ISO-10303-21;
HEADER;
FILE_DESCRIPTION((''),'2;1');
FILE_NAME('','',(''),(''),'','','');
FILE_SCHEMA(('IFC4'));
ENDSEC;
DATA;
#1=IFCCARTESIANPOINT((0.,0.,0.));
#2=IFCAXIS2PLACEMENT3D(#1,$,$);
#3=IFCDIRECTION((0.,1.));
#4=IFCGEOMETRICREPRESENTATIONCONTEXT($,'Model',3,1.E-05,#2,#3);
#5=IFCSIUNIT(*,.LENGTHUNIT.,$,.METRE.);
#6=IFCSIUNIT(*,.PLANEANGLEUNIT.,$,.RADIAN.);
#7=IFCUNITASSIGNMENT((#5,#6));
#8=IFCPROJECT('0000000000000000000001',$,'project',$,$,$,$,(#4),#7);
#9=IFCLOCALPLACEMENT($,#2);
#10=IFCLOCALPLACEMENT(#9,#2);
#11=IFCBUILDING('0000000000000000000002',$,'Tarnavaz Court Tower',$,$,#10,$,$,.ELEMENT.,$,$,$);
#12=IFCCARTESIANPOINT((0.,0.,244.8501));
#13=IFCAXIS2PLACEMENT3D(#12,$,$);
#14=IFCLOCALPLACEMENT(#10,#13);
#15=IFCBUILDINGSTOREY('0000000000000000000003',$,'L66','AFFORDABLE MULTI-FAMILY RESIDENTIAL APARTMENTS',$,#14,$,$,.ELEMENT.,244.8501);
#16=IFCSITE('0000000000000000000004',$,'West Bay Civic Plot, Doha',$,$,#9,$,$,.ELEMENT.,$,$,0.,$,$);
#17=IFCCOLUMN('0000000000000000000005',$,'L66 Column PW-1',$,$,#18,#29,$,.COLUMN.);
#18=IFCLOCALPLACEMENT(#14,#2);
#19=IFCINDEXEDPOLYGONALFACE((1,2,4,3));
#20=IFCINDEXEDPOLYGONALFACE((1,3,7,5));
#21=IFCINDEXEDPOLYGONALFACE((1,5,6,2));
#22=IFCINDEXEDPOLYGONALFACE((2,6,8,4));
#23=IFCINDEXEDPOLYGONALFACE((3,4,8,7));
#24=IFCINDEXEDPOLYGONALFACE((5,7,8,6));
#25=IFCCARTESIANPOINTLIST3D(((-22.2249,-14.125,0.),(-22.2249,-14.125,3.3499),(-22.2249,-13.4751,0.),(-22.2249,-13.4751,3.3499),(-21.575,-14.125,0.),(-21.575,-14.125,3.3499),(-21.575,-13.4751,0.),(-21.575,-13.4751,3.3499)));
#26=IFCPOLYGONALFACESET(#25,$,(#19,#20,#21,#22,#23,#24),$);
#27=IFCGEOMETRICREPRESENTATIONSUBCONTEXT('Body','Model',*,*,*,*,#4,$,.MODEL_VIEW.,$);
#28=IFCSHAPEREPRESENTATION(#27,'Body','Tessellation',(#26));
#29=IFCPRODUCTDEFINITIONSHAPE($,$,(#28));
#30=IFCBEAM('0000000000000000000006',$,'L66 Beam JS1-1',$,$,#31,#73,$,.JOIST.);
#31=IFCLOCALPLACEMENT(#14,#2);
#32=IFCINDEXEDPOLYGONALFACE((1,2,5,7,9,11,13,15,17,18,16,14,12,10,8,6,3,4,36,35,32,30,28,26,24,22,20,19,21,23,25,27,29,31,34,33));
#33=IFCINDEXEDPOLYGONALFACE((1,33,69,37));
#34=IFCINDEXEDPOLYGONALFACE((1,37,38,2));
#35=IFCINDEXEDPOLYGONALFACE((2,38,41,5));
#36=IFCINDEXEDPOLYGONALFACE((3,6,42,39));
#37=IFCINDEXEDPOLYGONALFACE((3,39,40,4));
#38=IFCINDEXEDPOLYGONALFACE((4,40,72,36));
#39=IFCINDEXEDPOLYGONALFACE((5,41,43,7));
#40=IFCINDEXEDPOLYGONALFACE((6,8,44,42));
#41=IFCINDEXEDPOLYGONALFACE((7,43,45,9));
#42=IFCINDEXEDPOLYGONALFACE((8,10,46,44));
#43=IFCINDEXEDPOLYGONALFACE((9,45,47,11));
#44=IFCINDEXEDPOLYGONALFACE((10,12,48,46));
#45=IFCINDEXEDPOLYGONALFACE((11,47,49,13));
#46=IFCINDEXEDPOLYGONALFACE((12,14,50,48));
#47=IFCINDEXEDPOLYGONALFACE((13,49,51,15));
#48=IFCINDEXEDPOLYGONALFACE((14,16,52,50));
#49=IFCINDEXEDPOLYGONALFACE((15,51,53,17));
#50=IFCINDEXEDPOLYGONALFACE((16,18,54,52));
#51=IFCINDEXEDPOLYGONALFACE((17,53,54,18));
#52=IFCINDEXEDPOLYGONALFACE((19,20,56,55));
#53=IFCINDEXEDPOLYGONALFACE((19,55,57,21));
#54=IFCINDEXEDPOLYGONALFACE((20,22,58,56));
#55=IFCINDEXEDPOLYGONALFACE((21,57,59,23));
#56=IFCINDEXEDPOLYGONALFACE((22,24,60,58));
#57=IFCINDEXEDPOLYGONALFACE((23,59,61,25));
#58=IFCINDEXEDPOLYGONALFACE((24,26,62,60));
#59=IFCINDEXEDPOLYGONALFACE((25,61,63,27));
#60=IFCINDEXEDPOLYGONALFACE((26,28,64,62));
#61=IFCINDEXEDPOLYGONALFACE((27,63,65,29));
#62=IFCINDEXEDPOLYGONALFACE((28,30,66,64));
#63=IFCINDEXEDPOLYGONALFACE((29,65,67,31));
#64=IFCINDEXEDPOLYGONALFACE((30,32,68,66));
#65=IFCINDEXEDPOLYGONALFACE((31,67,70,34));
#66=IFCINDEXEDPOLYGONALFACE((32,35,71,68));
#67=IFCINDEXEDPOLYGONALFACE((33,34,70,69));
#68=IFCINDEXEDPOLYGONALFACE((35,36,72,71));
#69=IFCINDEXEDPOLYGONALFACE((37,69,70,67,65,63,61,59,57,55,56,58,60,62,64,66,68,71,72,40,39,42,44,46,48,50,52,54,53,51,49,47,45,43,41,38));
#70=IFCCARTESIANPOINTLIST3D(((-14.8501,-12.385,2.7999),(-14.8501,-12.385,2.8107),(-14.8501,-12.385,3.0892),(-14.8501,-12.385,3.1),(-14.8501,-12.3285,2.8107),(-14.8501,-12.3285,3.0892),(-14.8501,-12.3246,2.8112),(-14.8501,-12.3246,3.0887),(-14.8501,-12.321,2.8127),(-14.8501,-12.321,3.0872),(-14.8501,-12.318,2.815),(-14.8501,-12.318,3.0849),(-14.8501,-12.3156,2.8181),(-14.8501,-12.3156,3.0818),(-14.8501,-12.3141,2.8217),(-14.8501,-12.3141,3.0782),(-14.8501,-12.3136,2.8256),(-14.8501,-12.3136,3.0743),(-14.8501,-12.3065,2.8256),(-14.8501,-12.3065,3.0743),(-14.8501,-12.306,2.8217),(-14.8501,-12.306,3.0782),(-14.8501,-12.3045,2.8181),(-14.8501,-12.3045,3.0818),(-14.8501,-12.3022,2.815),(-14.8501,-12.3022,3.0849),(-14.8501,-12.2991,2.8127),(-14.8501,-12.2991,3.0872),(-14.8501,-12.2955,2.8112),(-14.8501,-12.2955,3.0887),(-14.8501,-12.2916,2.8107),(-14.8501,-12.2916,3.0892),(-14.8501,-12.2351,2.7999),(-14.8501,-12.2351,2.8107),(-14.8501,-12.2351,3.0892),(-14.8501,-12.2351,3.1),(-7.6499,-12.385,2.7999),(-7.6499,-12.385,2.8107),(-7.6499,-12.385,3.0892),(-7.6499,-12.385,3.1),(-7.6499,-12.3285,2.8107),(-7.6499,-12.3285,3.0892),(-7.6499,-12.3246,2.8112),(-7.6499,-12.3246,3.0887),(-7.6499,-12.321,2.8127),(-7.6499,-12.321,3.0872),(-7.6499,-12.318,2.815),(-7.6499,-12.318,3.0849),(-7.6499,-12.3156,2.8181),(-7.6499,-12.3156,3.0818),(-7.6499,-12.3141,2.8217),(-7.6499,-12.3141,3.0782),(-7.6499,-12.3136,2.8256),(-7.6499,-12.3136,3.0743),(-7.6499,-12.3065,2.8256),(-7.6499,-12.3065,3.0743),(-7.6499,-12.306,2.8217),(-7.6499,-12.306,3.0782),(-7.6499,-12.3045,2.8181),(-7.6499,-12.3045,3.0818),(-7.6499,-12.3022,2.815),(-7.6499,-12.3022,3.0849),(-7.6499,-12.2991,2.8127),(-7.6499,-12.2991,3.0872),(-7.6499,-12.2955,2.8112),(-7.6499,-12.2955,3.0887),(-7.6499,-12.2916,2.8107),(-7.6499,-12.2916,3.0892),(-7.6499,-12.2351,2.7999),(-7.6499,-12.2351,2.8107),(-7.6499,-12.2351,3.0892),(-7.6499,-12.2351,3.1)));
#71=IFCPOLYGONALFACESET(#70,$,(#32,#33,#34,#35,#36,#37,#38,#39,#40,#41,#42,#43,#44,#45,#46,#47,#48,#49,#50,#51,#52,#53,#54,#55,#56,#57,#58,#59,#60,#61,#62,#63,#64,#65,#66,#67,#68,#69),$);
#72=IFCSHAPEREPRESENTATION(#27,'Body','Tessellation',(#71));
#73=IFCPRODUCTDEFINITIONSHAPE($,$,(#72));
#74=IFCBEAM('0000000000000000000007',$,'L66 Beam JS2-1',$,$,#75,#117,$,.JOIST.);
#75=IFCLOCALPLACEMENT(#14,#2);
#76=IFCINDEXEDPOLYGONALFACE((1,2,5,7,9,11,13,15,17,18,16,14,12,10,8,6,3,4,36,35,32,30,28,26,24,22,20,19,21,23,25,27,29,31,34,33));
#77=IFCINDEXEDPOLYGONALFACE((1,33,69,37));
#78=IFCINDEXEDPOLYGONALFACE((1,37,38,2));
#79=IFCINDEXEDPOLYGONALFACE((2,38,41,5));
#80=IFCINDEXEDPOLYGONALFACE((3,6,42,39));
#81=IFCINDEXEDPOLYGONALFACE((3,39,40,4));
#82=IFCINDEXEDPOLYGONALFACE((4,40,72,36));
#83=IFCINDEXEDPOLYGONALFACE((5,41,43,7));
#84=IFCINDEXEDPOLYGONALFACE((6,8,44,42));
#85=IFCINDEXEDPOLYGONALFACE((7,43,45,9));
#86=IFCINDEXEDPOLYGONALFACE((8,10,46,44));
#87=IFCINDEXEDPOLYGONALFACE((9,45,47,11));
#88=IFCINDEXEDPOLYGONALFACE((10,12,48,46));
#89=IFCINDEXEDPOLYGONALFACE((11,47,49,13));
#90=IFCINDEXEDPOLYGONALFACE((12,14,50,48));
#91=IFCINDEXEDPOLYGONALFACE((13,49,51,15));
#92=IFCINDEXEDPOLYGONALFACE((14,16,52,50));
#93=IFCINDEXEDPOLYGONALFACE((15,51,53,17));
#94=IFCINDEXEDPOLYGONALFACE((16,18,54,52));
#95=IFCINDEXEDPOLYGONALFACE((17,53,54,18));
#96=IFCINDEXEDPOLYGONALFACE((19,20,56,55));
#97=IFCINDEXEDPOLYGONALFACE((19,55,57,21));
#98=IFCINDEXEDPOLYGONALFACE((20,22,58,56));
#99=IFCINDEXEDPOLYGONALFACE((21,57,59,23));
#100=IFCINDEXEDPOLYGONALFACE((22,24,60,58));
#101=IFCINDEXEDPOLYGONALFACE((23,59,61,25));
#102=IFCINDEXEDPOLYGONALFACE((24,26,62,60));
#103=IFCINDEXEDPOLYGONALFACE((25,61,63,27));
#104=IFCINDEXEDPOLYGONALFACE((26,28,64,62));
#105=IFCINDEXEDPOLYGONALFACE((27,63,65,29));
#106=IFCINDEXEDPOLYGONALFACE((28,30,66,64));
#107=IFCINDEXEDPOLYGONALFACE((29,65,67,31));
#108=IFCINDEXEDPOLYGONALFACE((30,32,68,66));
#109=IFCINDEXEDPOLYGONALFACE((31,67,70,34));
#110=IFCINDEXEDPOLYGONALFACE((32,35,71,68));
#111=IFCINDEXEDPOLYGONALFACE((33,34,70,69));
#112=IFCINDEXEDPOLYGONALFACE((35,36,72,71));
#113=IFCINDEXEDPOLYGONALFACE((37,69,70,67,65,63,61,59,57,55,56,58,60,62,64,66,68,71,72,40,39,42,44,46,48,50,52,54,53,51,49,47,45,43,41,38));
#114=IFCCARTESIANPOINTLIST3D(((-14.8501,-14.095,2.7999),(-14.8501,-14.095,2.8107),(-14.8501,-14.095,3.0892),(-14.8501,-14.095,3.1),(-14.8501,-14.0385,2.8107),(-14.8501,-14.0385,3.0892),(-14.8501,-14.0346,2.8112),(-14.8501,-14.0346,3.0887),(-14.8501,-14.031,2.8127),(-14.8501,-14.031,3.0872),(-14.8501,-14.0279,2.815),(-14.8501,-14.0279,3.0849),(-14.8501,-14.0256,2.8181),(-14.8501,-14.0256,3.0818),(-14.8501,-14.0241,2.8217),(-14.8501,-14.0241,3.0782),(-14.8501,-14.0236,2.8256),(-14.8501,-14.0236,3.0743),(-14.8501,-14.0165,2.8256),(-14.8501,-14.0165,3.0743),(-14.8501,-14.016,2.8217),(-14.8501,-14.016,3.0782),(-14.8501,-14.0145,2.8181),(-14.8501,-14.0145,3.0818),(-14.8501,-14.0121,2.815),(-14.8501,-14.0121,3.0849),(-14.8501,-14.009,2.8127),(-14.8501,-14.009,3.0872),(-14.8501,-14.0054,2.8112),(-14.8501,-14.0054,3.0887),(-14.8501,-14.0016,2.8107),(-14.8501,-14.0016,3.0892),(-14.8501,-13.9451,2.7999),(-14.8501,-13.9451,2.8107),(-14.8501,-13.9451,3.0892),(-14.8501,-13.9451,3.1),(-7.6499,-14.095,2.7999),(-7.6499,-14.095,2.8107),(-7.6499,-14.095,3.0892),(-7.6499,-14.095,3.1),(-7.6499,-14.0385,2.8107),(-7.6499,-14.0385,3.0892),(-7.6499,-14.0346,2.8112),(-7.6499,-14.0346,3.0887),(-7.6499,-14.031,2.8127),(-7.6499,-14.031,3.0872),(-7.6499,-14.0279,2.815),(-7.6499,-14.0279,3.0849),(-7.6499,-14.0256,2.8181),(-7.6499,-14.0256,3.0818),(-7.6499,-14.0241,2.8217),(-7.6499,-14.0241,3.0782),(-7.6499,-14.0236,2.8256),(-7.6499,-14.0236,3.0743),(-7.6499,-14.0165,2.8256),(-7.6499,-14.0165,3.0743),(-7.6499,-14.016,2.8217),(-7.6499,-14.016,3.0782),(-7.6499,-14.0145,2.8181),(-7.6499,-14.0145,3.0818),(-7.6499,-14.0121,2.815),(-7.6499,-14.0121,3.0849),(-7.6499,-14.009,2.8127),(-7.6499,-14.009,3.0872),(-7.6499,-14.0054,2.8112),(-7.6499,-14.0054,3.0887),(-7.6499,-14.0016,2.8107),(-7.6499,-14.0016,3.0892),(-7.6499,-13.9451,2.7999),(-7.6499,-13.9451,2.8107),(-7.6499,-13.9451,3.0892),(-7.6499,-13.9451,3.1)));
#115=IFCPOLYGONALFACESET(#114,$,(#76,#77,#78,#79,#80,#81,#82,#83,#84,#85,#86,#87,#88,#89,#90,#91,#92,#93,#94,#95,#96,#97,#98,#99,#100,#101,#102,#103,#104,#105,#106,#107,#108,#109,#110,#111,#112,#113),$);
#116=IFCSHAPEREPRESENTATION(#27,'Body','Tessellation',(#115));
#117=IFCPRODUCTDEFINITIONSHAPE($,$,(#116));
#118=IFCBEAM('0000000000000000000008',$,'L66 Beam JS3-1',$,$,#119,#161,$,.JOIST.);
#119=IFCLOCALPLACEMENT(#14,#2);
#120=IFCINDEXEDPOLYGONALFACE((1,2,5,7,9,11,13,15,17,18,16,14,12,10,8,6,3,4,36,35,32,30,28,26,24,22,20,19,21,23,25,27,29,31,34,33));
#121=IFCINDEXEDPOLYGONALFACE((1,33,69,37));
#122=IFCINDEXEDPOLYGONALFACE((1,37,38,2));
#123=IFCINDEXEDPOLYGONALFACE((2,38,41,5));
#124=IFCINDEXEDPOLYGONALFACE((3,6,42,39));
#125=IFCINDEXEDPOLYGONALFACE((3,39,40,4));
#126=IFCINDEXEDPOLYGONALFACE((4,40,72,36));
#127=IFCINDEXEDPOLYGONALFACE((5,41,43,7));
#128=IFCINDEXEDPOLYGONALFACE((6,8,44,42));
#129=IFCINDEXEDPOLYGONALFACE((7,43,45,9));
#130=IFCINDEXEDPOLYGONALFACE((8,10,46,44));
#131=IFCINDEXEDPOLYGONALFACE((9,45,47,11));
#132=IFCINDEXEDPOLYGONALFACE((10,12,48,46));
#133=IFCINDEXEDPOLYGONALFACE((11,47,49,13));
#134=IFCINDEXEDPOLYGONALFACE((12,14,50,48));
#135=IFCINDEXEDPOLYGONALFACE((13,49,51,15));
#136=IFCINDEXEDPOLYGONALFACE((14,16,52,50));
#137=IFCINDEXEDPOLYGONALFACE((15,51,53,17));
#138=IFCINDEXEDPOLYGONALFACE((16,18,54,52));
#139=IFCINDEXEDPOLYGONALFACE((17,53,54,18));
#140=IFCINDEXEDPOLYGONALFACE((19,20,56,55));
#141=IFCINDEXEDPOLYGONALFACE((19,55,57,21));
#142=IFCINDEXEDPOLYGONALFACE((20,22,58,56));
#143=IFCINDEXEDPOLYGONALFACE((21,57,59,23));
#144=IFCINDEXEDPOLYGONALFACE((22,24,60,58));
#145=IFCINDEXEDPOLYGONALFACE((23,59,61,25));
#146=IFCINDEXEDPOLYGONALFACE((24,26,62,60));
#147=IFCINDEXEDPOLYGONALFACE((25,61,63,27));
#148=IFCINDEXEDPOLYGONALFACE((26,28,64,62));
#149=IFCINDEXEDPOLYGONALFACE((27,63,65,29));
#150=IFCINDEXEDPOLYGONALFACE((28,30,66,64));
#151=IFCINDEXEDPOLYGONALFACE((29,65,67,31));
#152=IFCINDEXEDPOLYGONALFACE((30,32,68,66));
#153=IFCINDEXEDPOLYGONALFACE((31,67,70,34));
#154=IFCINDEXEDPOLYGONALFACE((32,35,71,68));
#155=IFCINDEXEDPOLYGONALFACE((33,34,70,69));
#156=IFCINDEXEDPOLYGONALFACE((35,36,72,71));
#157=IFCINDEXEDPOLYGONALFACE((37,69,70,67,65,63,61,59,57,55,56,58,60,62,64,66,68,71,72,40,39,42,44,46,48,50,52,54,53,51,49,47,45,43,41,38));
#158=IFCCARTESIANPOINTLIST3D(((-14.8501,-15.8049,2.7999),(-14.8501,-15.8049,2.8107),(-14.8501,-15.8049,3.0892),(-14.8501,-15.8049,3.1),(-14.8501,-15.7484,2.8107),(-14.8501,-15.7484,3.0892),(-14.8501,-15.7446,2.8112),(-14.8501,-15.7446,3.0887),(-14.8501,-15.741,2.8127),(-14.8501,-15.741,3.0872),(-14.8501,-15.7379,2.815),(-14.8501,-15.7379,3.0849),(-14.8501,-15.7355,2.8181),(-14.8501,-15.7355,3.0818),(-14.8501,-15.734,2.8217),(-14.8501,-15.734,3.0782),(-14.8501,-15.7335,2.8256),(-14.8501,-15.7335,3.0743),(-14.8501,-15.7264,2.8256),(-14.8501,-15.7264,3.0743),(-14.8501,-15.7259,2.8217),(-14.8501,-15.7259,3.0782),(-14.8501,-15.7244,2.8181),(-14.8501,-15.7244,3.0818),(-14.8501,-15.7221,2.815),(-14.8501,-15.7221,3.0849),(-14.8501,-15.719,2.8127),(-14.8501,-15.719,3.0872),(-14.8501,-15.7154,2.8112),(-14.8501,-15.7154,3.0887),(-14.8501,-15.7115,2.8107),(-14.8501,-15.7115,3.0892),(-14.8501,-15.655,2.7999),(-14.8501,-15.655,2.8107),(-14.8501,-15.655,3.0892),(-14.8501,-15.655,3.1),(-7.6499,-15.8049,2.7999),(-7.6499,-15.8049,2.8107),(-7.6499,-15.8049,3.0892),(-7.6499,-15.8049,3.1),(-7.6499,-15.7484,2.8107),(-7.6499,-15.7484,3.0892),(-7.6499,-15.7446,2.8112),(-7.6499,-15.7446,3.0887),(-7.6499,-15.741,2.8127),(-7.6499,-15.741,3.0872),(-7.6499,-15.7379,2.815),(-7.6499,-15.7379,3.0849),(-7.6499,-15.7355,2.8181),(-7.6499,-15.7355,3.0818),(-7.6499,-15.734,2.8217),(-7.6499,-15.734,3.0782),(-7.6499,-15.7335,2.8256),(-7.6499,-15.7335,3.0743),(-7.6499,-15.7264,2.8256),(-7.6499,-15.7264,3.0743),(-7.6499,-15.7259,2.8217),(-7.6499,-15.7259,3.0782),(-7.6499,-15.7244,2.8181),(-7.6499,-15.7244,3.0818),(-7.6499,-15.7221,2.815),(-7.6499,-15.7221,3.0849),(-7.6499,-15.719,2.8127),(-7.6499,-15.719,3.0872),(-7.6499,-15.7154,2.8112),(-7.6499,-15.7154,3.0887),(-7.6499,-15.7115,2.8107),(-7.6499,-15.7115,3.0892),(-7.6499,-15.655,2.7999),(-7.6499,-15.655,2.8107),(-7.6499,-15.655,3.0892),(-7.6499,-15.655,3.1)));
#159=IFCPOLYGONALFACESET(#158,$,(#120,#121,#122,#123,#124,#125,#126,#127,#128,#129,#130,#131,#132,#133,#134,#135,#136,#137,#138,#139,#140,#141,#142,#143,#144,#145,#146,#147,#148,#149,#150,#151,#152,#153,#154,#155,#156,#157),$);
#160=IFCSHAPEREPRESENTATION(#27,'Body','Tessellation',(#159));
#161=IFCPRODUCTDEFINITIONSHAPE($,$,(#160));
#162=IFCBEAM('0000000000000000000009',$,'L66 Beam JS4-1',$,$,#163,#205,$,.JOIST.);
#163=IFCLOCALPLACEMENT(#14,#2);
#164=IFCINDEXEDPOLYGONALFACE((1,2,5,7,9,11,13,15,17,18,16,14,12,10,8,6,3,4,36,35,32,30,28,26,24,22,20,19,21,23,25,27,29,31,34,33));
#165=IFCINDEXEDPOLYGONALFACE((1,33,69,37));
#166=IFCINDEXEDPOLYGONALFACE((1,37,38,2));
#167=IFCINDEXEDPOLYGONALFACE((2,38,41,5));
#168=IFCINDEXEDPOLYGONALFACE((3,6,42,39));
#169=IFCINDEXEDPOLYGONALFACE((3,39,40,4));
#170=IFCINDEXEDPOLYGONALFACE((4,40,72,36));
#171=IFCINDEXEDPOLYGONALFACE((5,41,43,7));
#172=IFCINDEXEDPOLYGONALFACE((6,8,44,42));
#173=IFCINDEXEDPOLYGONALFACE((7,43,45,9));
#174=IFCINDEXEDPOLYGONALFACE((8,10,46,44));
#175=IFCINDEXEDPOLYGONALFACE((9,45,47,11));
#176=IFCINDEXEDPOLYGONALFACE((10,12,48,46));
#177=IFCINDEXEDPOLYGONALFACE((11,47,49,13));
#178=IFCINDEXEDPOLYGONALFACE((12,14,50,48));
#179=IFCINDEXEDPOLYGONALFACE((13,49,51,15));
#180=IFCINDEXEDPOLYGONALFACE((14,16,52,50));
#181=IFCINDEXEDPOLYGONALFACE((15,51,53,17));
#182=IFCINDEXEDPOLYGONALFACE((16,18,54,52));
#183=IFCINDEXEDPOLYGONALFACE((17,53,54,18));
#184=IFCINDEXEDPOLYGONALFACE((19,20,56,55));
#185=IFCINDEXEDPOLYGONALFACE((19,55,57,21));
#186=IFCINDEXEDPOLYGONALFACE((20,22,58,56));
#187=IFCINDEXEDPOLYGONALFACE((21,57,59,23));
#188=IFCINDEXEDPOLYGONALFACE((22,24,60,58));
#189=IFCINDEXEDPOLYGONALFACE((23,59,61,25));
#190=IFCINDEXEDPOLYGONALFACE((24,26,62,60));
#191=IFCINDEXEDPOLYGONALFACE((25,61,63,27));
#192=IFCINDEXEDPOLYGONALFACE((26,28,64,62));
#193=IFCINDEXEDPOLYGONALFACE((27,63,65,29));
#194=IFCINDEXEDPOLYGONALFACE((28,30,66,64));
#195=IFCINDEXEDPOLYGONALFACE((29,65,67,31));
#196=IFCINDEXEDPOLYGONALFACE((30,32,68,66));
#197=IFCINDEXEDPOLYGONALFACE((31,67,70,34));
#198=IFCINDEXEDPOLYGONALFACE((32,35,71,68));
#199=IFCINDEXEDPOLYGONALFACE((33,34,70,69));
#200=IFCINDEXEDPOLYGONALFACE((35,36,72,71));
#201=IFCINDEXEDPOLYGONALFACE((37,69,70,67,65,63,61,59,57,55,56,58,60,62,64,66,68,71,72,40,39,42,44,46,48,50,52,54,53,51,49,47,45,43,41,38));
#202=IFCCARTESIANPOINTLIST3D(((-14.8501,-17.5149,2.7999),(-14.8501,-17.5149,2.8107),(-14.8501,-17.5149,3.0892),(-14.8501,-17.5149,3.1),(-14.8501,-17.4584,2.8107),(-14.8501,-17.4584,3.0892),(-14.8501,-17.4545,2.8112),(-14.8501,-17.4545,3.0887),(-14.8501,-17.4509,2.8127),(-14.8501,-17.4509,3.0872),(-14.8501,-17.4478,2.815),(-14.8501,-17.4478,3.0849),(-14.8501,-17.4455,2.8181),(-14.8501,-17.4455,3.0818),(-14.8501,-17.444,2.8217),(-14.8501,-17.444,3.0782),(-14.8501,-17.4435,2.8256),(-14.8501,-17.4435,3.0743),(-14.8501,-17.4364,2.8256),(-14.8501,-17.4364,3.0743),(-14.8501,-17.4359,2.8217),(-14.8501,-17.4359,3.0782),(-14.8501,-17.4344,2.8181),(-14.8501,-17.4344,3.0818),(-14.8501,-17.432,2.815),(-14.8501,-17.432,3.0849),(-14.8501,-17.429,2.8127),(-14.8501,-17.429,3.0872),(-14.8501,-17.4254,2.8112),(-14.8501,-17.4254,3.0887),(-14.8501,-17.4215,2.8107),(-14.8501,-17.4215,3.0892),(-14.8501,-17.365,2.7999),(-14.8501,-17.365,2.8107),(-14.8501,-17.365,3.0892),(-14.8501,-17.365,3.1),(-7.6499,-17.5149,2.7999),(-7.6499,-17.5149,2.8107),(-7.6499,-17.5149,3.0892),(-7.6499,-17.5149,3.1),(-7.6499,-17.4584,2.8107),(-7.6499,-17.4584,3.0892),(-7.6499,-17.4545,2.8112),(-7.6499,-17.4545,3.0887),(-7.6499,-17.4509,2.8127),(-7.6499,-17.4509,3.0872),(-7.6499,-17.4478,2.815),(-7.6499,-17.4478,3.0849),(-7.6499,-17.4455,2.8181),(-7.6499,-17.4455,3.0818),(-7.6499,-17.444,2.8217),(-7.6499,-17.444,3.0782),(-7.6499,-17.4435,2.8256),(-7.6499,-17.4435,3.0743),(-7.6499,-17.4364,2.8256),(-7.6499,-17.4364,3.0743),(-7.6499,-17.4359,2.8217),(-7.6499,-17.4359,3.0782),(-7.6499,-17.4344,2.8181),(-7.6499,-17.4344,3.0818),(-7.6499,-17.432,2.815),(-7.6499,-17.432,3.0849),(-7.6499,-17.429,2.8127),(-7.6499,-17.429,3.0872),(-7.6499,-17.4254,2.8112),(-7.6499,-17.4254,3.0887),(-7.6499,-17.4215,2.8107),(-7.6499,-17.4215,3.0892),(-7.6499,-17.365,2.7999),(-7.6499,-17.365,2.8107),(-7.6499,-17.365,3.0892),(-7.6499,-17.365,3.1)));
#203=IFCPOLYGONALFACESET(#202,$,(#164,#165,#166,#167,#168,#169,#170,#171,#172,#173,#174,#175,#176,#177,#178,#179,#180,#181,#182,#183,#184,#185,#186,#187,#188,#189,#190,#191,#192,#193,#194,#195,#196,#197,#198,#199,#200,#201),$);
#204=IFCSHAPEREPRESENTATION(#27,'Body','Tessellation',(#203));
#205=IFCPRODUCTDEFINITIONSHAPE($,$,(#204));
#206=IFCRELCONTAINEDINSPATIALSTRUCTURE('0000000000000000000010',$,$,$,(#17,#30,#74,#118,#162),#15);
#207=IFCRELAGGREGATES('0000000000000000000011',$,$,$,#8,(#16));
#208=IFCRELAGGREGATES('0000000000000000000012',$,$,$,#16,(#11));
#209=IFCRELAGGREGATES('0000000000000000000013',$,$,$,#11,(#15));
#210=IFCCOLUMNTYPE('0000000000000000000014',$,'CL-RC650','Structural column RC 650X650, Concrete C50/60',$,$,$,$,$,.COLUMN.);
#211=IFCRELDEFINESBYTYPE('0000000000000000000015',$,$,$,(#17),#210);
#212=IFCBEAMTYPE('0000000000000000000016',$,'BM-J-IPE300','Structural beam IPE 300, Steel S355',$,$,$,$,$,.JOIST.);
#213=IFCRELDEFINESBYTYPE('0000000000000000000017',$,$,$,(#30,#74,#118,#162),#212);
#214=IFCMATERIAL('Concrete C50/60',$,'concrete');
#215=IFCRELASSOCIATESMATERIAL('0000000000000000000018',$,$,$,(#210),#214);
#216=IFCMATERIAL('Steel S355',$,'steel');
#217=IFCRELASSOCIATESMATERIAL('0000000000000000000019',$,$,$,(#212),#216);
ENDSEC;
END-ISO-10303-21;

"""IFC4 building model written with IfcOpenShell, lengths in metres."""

from ifc_helpers import new_model, si_unit, direction, frame, origin, origin_2d, place, context, subcontext, project, spatial, rectangle, i_section, extrude, material, material_profile, profile_set, type_object, element, save


model = new_model("IFC4")

# Units and contexts
model_context = context("Model", 3, precision=1e-05, world=origin(), true_north=direction((0.0, 1.0)))
body_context = subcontext(model_context, "Body", "Model", "MODEL_VIEW")
ifc_project = project(units=[si_unit("LENGTHUNIT", "METRE"), si_unit("PLANEANGLEUNIT", "RADIAN")], contexts=[model_context])

# Site, building, storey
site_placement = place(None, origin())
site = spatial("IfcSite", under=ifc_project, at=site_placement, Name="West Bay Civic Plot, Doha", CompositionType="ELEMENT", RefElevation=0.0)
building_placement = place(site_placement, origin())
building = spatial("IfcBuilding", under=site, at=building_placement, Name="Tarnavaz Court Tower", CompositionType="ELEMENT")
storey_placement = place(building_placement, frame((0.0, 0.0, 244.8501)))
storey = spatial("IfcBuildingStorey", under=building, at=storey_placement, Name="L66", Description="AFFORDABLE MULTI-FAMILY RESIDENTIAL APARTMENTS", CompositionType="ELEMENT", Elevation=244.8501)

# Column
ifc_material_1 = material(Name="Concrete C50/60", Category="concrete")
ifc_material_profile_1 = material_profile(ifc_material_1, rectangle(XDim=0.6499, YDim=0.6499, at=origin_2d()), Name="RC 650X650")
ifc_profile_set_1 = profile_set([ifc_material_profile_1], Name="Concrete C50/60")
column_type = type_object("IfcColumnType", Name="CL-RC650", Description="Structural column RC 650X650, Concrete C50/60", PredefinedType="COLUMN", material=ifc_profile_set_1)
column_placement = place(storey_placement, frame((-21.8999, -13.8, 0.0), z_axis=(0.0, 0.0, 1.0), x_axis=(1.0, 0.0, 0.0)))
element("IfcColumn", 1, at=column_placement, inside=storey, type_object=column_type, Name="L66 Column PW-1", PredefinedType="COLUMN", context=body_context, shape_type="SweptSolid", body=[
    extrude(rectangle(XDim=0.6499, YDim=0.6499, at=origin_2d()), origin(), (0.0, 0.0, 1.0), 3.3499),
])

# Beams
ifc_material_2 = material(Name="Steel S355", Category="steel")
ifc_material_profile_2 = material_profile(ifc_material_2, i_section(OverallWidth=0.1499, OverallDepth=0.3, WebThickness=0.0071, FlangeThickness=0.0107, FilletRadius=0.0149, at=origin_2d()), Name="IPE 300")
ifc_profile_set_2 = profile_set([ifc_material_profile_2], Name="Steel S355")
beam_type_1 = type_object("IfcBeamType", Name="BM-J-IPE300", Description="Structural beam IPE 300, Steel S355", PredefinedType="JOIST", material=ifc_profile_set_2)
for number, where, z_axis, x_axis, name in (
    (2, (-14.8501, -12.3101, 2.95), (1.0, 0.0, 0.0), (0.0, 1.0, 0.0), "L66 Beam JS1-1"),
    (3, (-14.8501, -14.02, 2.95), (1.0, 0.0, 0.0), (0.0, 1.0, 0.0), "L66 Beam JS2-1"),
    (4, (-14.8501, -15.73, 2.95), (1.0, 0.0, 0.0), (0.0, 1.0, 0.0), "L66 Beam JS3-1"),
    (5, (-14.8501, -17.4399, 2.95), (1.0, 0.0, 0.0), (0.0, 1.0, 0.0), "L66 Beam JS4-1"),
):
    element("IfcBeam", number, at=place(storey_placement, frame(where, z_axis=z_axis, x_axis=x_axis)), inside=storey, type_object=beam_type_1, Name=name, PredefinedType="JOIST", context=body_context, shape_type="SweptSolid", body=[
        extrude(i_section(OverallWidth=0.1499, OverallDepth=0.3, WebThickness=0.0071, FlangeThickness=0.0107, FilletRadius=0.0149, at=origin_2d()), origin(), (0.0, 0.0, 1.0), 7.2002),
    ])

save(model, "model.ifc")
